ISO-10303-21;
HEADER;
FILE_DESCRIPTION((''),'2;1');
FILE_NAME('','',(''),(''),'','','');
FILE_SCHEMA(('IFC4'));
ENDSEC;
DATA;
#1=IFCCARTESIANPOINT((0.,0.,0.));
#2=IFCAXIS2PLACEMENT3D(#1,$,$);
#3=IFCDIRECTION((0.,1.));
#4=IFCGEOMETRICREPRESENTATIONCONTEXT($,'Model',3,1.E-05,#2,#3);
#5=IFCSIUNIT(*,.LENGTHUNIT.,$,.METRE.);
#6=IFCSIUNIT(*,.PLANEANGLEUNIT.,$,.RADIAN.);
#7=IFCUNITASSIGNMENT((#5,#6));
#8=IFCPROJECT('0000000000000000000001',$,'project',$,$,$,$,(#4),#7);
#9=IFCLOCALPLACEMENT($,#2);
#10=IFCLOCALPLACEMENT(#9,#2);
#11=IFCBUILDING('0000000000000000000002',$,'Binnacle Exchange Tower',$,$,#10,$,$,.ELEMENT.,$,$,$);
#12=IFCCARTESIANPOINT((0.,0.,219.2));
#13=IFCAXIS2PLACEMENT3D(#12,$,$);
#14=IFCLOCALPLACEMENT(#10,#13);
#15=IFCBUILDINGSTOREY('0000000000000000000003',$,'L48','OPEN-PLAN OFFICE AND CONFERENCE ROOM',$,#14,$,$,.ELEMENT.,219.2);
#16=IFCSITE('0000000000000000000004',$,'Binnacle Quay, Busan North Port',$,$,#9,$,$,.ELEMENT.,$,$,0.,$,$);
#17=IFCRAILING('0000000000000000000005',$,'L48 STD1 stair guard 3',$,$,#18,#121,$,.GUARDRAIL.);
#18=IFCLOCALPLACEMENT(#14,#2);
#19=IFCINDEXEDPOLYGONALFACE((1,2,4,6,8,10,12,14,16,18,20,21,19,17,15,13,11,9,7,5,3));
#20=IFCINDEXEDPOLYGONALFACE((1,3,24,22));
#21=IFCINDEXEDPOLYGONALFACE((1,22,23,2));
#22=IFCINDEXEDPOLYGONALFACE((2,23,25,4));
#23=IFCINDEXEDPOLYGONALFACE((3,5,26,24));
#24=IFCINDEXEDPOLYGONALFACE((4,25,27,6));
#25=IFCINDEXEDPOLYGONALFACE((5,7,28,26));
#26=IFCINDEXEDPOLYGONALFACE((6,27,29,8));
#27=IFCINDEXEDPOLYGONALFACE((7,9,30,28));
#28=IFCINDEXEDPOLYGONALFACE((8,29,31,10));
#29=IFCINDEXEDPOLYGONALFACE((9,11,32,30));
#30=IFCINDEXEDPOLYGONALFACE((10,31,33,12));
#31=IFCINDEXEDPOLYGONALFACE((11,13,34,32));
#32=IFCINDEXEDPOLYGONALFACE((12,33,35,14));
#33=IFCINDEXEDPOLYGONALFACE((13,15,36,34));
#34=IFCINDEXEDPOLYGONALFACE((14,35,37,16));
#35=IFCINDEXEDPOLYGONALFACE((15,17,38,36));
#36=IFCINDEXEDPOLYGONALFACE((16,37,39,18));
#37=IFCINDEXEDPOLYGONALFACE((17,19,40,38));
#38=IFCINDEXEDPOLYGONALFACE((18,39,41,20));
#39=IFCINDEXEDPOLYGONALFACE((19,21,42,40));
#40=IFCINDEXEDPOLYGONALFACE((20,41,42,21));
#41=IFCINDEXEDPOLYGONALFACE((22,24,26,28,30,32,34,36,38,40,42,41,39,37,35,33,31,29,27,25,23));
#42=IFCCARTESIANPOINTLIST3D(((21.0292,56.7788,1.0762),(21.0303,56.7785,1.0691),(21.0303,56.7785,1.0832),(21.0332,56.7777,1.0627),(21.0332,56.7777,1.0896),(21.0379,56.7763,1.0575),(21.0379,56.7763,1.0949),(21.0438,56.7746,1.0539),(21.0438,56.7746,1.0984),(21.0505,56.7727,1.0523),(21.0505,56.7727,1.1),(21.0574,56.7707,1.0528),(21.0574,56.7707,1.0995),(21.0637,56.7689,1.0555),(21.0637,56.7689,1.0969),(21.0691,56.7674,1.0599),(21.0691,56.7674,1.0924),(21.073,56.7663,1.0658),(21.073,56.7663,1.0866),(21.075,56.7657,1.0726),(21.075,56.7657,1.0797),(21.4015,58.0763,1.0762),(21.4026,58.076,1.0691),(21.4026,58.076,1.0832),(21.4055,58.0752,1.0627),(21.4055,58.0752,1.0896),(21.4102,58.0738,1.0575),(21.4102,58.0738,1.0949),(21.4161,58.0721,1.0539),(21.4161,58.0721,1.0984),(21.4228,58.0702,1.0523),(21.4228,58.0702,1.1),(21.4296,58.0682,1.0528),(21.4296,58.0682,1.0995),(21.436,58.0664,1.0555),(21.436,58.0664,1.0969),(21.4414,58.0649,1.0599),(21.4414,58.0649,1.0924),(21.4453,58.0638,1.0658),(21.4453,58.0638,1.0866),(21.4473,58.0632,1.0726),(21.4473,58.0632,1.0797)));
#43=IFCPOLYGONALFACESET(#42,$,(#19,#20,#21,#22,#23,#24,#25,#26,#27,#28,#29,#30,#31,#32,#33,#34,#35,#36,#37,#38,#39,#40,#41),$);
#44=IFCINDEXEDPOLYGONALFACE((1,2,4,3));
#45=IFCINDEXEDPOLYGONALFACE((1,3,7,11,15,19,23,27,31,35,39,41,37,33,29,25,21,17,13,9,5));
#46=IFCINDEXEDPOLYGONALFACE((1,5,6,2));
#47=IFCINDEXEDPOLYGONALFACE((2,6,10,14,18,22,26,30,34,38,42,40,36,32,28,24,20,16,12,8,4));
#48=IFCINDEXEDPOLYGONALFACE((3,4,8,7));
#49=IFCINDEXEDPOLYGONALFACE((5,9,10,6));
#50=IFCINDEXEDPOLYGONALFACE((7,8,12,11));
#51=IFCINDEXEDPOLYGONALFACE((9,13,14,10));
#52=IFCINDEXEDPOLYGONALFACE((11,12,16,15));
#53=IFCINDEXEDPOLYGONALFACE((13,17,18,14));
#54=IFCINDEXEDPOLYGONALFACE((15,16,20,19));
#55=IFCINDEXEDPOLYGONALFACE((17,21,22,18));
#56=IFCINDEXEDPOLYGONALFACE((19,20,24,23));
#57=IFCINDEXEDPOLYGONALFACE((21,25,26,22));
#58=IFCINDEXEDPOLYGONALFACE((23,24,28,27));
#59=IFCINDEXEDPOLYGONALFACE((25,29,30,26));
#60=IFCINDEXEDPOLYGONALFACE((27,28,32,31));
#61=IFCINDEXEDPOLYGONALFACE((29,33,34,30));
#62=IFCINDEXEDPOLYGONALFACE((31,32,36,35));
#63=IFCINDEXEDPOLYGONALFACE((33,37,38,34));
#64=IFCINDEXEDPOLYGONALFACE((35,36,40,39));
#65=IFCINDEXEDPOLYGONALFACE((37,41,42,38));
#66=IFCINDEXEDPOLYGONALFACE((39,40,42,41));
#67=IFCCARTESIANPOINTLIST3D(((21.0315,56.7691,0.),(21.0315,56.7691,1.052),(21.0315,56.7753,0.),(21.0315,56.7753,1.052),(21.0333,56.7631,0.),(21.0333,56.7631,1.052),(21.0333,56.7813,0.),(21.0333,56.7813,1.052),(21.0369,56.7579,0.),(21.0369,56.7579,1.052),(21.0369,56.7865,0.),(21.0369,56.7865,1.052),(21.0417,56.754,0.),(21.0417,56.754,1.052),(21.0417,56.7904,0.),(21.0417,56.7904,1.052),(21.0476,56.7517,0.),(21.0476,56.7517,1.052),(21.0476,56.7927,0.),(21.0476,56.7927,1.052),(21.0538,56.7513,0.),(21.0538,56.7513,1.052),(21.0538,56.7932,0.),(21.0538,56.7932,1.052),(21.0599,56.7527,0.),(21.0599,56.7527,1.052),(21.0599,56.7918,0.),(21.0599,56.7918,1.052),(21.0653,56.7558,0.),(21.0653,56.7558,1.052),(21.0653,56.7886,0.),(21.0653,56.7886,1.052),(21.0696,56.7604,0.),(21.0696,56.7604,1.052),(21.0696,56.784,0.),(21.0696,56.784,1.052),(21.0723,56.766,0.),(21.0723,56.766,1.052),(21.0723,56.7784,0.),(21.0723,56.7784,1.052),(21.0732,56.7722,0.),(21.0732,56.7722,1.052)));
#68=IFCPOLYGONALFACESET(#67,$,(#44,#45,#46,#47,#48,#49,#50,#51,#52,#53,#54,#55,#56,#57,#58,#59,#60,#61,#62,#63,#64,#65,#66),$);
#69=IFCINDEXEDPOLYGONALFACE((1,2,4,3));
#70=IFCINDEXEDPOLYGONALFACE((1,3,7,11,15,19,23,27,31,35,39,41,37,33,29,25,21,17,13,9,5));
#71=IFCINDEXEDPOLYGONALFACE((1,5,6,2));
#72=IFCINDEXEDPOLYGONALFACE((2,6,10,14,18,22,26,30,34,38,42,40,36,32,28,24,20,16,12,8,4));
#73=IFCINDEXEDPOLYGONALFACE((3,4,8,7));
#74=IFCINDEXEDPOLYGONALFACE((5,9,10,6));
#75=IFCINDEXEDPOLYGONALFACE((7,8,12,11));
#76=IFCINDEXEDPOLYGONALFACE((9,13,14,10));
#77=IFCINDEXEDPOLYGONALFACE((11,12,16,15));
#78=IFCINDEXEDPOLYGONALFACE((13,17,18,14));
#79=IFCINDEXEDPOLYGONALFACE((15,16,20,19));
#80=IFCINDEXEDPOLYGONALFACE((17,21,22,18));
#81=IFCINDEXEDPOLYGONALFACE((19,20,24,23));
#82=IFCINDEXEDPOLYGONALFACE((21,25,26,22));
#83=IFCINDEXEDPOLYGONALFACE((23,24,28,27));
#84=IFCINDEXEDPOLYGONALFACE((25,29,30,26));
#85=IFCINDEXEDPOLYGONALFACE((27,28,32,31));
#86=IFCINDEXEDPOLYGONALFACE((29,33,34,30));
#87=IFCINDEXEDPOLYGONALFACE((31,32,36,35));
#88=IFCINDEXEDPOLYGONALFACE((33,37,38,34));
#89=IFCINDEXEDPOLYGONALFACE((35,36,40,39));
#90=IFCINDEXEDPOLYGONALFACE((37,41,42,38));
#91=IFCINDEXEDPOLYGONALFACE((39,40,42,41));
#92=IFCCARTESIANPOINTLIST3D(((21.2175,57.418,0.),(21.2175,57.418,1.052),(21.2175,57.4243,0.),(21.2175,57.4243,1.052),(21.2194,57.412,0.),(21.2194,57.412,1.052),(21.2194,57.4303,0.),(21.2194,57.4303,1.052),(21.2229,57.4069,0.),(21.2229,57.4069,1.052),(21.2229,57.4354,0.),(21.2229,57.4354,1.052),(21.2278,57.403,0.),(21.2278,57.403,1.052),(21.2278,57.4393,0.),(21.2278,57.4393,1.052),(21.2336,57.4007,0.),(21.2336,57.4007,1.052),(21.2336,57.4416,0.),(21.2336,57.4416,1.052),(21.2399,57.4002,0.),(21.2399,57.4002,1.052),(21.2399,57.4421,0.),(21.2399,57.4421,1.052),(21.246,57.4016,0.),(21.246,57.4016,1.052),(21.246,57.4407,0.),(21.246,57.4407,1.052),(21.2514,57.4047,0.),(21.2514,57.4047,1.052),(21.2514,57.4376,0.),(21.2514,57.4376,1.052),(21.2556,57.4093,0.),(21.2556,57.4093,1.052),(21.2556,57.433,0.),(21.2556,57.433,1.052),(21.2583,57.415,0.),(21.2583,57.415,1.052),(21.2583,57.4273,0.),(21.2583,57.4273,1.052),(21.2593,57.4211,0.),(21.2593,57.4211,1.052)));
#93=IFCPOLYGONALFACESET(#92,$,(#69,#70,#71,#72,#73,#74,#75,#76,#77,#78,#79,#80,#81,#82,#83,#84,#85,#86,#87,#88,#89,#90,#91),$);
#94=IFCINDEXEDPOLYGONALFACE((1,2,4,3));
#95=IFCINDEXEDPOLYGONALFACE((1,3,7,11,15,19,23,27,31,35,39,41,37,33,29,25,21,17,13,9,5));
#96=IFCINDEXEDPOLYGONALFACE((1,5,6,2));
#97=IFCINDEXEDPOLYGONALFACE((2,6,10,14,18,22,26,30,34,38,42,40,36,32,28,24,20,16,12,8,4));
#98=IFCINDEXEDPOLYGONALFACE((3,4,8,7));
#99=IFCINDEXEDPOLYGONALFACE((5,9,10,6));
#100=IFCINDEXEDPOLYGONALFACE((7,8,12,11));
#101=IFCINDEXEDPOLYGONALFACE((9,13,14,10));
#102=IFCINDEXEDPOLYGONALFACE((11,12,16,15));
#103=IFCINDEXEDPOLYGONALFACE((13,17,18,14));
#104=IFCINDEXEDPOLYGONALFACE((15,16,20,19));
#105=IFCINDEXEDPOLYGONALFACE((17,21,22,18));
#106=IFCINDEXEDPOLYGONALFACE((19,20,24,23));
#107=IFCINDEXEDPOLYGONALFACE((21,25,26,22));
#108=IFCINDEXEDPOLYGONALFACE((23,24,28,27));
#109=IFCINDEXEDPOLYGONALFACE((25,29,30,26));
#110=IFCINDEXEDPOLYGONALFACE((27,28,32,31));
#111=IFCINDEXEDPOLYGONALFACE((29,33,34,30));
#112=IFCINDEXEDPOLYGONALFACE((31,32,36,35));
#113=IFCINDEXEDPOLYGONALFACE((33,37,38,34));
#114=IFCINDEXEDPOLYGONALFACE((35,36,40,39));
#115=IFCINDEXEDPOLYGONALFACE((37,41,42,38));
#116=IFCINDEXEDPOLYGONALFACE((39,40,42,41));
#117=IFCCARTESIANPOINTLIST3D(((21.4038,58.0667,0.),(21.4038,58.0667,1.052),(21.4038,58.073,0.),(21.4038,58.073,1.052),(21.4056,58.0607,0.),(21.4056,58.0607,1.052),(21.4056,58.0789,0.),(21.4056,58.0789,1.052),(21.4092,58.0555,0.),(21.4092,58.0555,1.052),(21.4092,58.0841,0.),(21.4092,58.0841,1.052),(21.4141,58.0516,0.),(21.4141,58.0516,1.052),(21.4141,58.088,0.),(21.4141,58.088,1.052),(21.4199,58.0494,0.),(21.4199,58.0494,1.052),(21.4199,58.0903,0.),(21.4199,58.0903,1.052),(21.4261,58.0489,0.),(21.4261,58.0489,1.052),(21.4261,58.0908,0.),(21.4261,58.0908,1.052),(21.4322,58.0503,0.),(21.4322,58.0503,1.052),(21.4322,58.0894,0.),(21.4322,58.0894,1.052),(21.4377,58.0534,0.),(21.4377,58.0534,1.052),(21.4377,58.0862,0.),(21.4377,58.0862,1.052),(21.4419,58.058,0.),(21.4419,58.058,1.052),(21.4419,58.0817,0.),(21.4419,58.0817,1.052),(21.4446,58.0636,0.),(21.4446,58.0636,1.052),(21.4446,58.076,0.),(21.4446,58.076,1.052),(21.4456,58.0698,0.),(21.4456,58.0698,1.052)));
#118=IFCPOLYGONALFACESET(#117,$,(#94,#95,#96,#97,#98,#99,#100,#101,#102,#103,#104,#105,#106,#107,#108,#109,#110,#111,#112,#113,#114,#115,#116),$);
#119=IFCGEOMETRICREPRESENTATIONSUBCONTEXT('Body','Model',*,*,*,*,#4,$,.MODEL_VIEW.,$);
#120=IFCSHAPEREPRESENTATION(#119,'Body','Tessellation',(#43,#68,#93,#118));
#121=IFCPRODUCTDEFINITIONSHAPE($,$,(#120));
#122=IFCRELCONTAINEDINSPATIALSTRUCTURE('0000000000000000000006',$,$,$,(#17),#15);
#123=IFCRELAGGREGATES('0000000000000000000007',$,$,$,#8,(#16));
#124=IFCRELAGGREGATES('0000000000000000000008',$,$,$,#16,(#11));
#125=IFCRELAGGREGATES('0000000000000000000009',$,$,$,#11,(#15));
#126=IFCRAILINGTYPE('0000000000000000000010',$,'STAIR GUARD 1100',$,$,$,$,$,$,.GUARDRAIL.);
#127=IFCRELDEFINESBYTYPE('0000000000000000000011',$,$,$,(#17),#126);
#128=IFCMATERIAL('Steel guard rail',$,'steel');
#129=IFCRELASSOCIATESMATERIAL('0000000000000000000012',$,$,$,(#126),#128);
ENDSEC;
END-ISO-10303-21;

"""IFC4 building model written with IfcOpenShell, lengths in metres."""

from ifc_helpers import new_model, si_unit, direction, frame, origin, origin_2d, place, context, subcontext, project, spatial, circle, extrude, material, type_object, element, save


model = new_model("IFC4")

# Units and contexts
model_context = context("Model", 3, precision=1e-05, world=origin(), true_north=direction((0.0, 1.0)))
body_context = subcontext(model_context, "Body", "Model", "MODEL_VIEW")
ifc_project = project(units=[si_unit("LENGTHUNIT", "METRE"), si_unit("PLANEANGLEUNIT", "RADIAN")], contexts=[model_context])

# Site, building, storey
site_placement = place(None, origin())
site = spatial("IfcSite", under=ifc_project, at=site_placement, Name="Binnacle Quay, Busan North Port", CompositionType="ELEMENT", RefElevation=0.0)
building_placement = place(site_placement, origin())
building = spatial("IfcBuilding", under=site, at=building_placement, Name="Binnacle Exchange Tower", CompositionType="ELEMENT")
storey_placement = place(building_placement, frame((0.0, 0.0, 219.2)))
storey = spatial("IfcBuildingStorey", under=building, at=storey_placement, Name="L48", Description="OPEN-PLAN OFFICE AND CONFERENCE ROOM", CompositionType="ELEMENT", Elevation=219.2)

# Railing
ifc_material_1 = material(Name="Steel guard rail", Category="steel")
railing_type_1 = type_object("IfcRailingType", Name="STAIR GUARD 1100", PredefinedType="GUARDRAIL", material=ifc_material_1)
railing_1_placement = place(storey_placement, frame((21.0522, 56.7722, 0.0)))
element("IfcRailing", 1, at=railing_1_placement, inside=storey, type_object=railing_type_1, Name="L48 STD1 stair guard 3", PredefinedType="GUARDRAIL", context=body_context, shape_type="SweptSolid", body=[
    extrude(circle(Radius=0.0239, at=origin_2d()), frame((0.0, 0.0, 1.0762), z_axis=(0.275796, 0.961216, 0.0), x_axis=(-0.961216, 0.275796, 0.0)), (0.0, 0.0, 1.0), 1.3499),
    extrude(circle(Radius=0.021, at=origin_2d()), origin(), (0.0, 0.0, 1.0), 1.052),
    extrude(circle(Radius=0.021, at=origin_2d()), frame((0.186, 0.6489, 0.0)), (0.0, 0.0, 1.0), 1.052),
    extrude(circle(Radius=0.021, at=origin_2d()), frame((0.3723, 1.2976, 0.0)), (0.0, 0.0, 1.0), 1.052),
])

save(model, "model.ifc")
